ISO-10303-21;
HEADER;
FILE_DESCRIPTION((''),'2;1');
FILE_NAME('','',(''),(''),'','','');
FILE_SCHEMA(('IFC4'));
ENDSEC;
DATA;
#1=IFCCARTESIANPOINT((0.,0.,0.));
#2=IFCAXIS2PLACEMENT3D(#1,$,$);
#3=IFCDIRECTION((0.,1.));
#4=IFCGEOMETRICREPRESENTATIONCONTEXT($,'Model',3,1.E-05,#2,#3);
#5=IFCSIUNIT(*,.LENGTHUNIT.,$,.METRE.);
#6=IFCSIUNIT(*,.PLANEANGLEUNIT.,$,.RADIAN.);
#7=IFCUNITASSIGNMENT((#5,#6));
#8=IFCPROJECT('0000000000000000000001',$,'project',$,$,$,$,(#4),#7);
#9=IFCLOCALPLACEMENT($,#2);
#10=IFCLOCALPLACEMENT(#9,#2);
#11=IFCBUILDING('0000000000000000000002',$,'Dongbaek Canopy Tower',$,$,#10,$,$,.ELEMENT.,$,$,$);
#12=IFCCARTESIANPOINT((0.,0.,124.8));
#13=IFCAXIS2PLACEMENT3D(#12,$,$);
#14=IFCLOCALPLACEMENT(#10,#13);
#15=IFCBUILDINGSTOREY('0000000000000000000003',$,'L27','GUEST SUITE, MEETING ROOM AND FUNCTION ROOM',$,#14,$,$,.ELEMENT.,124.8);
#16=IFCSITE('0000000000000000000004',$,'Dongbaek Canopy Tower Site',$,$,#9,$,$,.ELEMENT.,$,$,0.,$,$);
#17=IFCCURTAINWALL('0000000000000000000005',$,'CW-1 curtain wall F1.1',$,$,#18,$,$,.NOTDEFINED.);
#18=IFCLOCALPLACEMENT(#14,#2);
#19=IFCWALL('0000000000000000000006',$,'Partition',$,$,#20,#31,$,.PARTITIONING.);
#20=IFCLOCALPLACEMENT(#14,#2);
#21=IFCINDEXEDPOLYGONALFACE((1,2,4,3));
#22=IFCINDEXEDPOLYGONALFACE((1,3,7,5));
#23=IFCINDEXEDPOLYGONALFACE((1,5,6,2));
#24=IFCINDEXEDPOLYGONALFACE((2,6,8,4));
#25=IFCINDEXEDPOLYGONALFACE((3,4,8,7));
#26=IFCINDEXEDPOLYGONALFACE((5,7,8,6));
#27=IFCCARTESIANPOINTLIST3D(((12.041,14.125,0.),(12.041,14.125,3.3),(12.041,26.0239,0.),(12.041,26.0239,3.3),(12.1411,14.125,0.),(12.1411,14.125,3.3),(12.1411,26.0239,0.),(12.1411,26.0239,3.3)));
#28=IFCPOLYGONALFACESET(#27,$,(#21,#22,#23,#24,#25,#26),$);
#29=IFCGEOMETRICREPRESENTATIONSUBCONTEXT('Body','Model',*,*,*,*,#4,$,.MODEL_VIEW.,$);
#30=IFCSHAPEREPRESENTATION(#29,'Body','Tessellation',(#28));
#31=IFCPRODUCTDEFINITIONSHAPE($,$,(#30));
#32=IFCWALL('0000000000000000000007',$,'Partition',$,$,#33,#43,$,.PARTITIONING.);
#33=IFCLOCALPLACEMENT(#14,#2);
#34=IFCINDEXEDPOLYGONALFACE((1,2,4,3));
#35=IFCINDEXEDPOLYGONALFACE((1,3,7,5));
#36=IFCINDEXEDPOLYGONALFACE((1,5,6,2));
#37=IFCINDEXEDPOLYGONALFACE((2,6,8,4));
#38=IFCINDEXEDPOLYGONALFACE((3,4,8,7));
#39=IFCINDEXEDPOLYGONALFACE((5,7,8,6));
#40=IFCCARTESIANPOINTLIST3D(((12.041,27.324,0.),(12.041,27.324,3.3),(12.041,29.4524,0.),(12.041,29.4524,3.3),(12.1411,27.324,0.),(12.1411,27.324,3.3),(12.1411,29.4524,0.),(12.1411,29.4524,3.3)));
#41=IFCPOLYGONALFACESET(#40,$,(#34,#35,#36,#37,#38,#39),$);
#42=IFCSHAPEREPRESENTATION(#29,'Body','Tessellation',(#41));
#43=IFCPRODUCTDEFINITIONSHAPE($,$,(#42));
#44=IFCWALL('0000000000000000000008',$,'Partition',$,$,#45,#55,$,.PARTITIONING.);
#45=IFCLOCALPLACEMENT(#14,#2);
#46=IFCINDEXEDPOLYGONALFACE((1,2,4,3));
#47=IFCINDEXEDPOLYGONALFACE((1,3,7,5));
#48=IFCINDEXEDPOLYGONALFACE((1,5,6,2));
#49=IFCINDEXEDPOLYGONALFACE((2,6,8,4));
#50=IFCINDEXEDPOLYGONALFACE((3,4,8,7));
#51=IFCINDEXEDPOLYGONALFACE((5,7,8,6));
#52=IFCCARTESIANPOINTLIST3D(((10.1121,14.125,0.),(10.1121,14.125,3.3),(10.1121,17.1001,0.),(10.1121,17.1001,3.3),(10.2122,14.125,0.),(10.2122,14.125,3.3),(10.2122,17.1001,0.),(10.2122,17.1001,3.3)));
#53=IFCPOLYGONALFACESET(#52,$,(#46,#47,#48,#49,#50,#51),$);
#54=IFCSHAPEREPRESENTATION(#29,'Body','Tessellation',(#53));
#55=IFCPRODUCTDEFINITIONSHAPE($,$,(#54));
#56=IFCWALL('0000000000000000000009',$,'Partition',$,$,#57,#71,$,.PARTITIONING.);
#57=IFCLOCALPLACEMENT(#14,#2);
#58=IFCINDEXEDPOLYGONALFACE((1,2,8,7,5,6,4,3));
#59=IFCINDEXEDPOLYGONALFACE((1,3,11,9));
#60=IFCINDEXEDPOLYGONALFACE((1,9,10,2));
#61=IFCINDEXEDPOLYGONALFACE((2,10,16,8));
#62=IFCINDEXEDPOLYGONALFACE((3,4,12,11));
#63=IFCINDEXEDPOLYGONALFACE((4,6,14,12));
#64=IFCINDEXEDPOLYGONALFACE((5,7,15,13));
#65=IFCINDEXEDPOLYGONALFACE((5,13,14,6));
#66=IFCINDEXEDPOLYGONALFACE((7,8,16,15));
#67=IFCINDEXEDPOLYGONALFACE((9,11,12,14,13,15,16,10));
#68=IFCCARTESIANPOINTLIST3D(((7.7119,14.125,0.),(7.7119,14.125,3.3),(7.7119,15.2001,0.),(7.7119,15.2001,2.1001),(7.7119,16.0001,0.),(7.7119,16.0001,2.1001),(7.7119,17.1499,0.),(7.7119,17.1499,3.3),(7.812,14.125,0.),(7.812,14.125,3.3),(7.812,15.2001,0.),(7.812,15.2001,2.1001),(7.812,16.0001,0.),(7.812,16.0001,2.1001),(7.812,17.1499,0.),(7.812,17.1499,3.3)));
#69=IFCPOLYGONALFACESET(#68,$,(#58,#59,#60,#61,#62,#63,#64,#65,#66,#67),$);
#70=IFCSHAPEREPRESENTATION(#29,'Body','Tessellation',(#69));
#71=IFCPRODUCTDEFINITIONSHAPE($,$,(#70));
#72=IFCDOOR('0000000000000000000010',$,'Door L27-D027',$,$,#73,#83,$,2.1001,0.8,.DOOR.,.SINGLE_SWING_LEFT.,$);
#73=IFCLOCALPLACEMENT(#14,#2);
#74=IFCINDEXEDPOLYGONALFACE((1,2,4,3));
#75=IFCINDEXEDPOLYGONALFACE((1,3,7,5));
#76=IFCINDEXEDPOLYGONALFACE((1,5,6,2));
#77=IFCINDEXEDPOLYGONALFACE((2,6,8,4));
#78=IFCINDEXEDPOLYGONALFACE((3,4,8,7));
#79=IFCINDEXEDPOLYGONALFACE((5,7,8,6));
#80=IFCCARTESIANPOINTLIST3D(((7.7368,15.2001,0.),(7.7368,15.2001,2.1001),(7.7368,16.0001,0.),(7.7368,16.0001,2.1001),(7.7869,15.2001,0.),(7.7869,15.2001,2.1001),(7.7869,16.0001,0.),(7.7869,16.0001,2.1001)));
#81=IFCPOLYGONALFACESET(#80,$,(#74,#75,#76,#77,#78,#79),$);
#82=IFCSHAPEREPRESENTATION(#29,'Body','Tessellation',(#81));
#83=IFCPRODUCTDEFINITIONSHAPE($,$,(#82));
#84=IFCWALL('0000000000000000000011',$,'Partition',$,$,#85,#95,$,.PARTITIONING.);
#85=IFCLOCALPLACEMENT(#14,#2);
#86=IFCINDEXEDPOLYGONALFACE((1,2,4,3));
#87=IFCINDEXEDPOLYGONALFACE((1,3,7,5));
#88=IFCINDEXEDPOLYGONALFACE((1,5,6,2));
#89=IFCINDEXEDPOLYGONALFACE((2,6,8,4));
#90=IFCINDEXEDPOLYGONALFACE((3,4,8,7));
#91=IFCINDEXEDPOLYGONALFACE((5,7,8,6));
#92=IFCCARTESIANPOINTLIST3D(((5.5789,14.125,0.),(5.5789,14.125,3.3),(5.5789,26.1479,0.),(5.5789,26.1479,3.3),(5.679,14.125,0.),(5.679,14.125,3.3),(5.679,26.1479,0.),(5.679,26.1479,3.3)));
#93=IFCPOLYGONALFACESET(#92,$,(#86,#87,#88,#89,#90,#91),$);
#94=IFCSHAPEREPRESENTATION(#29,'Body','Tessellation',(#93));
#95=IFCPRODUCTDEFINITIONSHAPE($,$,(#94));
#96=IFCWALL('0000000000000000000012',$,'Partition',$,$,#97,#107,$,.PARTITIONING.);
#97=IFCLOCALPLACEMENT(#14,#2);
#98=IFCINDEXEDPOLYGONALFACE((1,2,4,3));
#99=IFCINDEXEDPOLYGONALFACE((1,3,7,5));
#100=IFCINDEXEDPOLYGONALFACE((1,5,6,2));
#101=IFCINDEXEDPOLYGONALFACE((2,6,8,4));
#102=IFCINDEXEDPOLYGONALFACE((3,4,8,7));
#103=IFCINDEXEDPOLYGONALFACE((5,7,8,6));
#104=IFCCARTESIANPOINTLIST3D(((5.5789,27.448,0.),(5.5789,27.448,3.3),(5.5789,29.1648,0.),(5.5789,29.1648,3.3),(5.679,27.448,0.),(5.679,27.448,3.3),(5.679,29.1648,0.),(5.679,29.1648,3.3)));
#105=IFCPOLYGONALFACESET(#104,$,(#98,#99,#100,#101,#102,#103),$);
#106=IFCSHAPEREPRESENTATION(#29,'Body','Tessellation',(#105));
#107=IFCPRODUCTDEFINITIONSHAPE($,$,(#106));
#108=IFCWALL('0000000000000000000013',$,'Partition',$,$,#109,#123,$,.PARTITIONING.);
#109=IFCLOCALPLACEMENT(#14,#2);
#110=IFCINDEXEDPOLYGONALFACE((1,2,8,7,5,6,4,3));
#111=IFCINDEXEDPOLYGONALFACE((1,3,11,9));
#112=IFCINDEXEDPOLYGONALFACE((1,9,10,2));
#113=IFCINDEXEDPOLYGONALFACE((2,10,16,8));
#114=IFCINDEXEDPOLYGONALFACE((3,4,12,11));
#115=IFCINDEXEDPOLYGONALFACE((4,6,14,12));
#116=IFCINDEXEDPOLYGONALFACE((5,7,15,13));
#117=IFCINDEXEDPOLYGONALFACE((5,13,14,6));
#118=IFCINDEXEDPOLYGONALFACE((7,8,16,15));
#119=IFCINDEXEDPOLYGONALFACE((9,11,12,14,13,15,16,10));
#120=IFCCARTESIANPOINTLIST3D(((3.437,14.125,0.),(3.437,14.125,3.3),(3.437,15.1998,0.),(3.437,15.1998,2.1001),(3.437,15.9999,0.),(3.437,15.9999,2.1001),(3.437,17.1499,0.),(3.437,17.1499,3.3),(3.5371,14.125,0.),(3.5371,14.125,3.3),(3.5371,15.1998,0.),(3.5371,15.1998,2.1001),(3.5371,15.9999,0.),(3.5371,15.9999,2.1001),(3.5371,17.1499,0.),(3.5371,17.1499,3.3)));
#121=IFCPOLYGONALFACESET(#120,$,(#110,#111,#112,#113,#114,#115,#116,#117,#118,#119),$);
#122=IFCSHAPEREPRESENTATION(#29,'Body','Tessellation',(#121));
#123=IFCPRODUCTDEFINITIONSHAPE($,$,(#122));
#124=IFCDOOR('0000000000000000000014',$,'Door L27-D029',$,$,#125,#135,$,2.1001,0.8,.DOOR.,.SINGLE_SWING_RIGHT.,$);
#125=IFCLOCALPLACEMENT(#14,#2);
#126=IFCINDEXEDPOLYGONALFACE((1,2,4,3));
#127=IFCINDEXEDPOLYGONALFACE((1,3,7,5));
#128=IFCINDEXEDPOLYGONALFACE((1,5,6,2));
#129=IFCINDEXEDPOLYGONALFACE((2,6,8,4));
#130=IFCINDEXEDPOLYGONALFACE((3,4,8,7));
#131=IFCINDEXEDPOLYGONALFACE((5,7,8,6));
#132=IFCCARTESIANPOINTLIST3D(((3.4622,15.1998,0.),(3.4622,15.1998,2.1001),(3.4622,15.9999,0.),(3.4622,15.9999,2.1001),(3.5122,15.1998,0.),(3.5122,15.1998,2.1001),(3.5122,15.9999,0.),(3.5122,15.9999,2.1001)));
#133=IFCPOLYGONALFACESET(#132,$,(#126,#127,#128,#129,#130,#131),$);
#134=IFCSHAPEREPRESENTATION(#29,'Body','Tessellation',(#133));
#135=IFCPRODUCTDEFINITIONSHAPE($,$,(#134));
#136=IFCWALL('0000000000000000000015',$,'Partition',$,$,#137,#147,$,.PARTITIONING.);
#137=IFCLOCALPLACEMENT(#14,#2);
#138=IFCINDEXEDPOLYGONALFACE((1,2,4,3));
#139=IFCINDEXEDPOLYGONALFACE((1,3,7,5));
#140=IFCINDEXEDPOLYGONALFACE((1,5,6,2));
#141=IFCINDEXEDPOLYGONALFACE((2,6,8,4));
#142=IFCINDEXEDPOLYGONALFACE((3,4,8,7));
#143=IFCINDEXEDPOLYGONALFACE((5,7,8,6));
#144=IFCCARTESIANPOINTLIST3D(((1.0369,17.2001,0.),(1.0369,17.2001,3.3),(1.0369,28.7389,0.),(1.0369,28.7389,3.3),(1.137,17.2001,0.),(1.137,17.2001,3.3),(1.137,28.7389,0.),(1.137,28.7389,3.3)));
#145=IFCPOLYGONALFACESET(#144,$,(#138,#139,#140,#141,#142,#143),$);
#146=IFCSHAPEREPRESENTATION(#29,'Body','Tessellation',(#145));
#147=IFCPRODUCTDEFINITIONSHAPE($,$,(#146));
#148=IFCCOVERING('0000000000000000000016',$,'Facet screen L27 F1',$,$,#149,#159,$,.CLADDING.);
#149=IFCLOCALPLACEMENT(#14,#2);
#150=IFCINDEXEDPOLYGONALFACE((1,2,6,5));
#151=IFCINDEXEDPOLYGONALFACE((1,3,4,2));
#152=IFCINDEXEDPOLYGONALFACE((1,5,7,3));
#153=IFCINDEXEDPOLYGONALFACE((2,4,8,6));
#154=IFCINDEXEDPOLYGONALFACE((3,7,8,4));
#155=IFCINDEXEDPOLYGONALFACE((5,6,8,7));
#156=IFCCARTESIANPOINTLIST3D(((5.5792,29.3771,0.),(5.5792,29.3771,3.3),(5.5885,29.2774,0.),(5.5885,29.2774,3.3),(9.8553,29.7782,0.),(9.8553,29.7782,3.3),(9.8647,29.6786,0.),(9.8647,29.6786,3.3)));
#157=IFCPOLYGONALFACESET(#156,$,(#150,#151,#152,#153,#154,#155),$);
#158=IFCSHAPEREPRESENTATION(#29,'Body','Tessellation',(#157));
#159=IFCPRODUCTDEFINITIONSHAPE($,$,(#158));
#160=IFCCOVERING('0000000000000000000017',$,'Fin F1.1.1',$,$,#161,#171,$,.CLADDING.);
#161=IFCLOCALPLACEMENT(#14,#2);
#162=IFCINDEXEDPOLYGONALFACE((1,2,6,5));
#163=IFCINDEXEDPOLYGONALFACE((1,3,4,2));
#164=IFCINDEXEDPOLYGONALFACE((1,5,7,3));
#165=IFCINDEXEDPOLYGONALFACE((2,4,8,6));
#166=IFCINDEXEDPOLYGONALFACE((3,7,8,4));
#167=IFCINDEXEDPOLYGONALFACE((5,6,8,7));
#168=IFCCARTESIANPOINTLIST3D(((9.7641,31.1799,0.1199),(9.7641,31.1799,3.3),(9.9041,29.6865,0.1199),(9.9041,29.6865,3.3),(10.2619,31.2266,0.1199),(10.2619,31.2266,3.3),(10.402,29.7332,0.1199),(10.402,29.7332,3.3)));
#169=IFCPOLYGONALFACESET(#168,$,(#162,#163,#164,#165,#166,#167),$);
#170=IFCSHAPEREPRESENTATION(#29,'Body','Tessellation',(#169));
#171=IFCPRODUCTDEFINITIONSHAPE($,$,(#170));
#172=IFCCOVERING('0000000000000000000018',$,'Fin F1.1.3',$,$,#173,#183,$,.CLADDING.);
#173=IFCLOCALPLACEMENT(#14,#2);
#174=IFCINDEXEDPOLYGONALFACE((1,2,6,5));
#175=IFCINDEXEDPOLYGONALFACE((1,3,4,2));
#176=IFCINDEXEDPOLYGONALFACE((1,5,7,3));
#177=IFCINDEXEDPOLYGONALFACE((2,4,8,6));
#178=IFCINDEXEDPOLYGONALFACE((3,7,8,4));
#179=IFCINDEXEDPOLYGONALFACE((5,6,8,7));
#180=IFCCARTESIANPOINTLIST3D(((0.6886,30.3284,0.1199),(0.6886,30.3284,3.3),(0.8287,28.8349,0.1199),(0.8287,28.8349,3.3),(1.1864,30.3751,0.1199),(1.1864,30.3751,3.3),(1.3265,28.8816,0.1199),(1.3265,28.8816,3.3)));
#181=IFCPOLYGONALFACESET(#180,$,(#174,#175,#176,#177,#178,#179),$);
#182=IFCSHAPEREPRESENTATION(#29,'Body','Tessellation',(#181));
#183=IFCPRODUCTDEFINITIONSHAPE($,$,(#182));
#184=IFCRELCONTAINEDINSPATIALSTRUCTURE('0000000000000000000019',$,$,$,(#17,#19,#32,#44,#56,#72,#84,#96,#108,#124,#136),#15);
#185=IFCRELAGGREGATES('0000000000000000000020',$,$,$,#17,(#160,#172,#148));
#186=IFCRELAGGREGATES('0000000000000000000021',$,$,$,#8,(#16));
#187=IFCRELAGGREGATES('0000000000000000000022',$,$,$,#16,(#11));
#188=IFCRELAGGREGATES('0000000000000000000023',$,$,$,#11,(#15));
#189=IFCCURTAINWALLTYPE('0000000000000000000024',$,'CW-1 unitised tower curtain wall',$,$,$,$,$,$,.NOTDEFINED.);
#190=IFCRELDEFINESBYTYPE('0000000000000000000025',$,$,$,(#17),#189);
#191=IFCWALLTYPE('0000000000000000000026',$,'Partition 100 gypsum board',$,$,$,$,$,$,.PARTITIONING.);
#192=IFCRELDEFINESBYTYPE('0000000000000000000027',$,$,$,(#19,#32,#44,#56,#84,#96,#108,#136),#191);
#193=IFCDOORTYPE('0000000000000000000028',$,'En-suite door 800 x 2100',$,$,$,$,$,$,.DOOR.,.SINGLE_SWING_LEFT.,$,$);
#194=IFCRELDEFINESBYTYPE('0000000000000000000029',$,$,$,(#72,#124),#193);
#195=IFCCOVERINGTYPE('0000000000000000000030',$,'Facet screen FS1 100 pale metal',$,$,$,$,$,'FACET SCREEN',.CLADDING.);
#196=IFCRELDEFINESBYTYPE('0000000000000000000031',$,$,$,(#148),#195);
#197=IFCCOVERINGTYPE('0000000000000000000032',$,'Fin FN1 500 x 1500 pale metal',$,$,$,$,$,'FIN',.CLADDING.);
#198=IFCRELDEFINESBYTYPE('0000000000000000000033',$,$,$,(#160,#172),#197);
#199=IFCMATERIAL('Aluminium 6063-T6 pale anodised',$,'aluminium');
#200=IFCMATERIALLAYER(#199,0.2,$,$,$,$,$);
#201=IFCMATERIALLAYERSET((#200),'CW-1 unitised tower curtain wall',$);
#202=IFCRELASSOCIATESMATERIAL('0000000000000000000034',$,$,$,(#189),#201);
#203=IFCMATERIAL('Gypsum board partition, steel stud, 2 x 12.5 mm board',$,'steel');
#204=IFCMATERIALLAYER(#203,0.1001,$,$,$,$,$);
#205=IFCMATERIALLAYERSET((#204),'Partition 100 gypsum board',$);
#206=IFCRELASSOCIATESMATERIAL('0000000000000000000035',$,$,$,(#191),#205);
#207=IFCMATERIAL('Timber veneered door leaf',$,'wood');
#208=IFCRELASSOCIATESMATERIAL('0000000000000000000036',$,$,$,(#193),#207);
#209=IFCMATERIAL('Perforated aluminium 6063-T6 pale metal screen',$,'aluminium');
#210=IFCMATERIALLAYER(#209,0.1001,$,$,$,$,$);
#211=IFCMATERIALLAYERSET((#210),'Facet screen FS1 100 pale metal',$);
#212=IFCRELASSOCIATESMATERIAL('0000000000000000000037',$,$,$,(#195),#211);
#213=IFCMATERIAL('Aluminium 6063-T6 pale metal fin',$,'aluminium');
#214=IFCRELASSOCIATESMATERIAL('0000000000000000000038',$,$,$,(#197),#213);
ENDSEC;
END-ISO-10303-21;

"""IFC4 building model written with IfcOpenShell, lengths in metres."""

from ifc_helpers import new_model, si_unit, direction, frame, frame_2d, origin, origin_2d, place, context, subcontext, project, spatial, rectangle, extrude, material, layer, layer_set, material_profile, profile_set, type_object, element, fill, aggregate, save


model = new_model("IFC4")

# Units and contexts
model_context = context("Model", 3, precision=1e-05, world=origin(), true_north=direction((0.0, 1.0)))
body_context = subcontext(model_context, "Body", "Model", "MODEL_VIEW")
ifc_project = project(units=[si_unit("LENGTHUNIT", "METRE"), si_unit("PLANEANGLEUNIT", "RADIAN")], contexts=[model_context])

# Site, building, storey
site_placement = place(None, origin())
site = spatial("IfcSite", under=ifc_project, at=site_placement, Name="Dongbaek Canopy Tower Site", CompositionType="ELEMENT", RefElevation=0.0)
building_placement = place(site_placement, origin())
building = spatial("IfcBuilding", under=site, at=building_placement, Name="Dongbaek Canopy Tower", CompositionType="ELEMENT")
storey_placement = place(building_placement, frame((0.0, 0.0, 124.8)))
storey = spatial("IfcBuildingStorey", under=building, at=storey_placement, Name="L27", Description="GUEST SUITE, MEETING ROOM AND FUNCTION ROOM", CompositionType="ELEMENT", Elevation=124.8)

# Curtain wall
ifc_material_1 = material(Name="Aluminium 6063-T6 pale anodised", Category="aluminium")
ifc_layer_1 = layer(ifc_material_1, 0.2)
ifc_layer_set_1 = layer_set([ifc_layer_1], Name="CW-1 unitised tower curtain wall")
curtain_wall_type = type_object("IfcCurtainWallType", Name="CW-1 unitised tower curtain wall", PredefinedType="NOTDEFINED", material=ifc_layer_set_1)
curtain_wall_1_placement = place(storey_placement, origin())
curtain_wall_1 = element("IfcCurtainWall", 1, at=curtain_wall_1_placement, inside=storey, type_object=curtain_wall_type, Name="CW-1 curtain wall F1.1", PredefinedType="NOTDEFINED")

# Walls
ifc_material_2 = material(Name="Gypsum board partition, steel stud, 2 x 12.5 mm board", Category="steel")
ifc_layer_2 = layer(ifc_material_2, 0.1001)
ifc_layer_set_2 = layer_set([ifc_layer_2], Name="Partition 100 gypsum board")
wall_type = type_object("IfcWallType", Name="Partition 100 gypsum board", PredefinedType="PARTITIONING", material=ifc_layer_set_2)
wall_1_placement = place(storey_placement, frame((12.0911, 14.125, 0.0), z_axis=(0.0, 0.0, 1.0), x_axis=(0.0, 1.0, 0.0)))
element("IfcWall", 2, at=wall_1_placement, inside=storey, type_object=wall_type, Name="Partition", PredefinedType="PARTITIONING", context=body_context, shape_type="SweptSolid", body=[
    extrude(rectangle(XDim=11.8989, YDim=0.1001, at=frame_2d((5.9495, 0.0))), origin(), (0.0, 0.0, 1.0), 3.3),
])
wall_2_placement = place(storey_placement, frame((12.0911, 27.324, 0.0), z_axis=(0.0, 0.0, 1.0), x_axis=(0.0, 1.0, 0.0)))
element("IfcWall", 3, at=wall_2_placement, inside=storey, type_object=wall_type, Name="Partition", PredefinedType="PARTITIONING", context=body_context, shape_type="SweptSolid", body=[
    extrude(rectangle(XDim=2.1284, YDim=0.1001, at=frame_2d((1.0642, 0.0))), origin(), (0.0, 0.0, 1.0), 3.3),
])
wall_3_placement = place(storey_placement, frame((10.1621, 14.125, 0.0), z_axis=(0.0, 0.0, 1.0), x_axis=(0.0, 1.0, 0.0)))
element("IfcWall", 4, at=wall_3_placement, inside=storey, type_object=wall_type, Name="Partition", PredefinedType="PARTITIONING", context=body_context, shape_type="SweptSolid", body=[
    extrude(rectangle(XDim=2.9751, YDim=0.1001, at=frame_2d((1.4875, 0.0))), origin(), (0.0, 0.0, 1.0), 3.3),
])

# Wall, opening, door
wall_4_placement = place(storey_placement, frame((7.762, 17.1499, 0.0), z_axis=(0.0, 0.0, 1.0), x_axis=(0.0, -1.0, 0.0)))
wall_4 = element("IfcWall", 5, at=wall_4_placement, inside=storey, type_object=wall_type, Name="Partition", PredefinedType="PARTITIONING", context=body_context, shape_type="SweptSolid", body=[
    extrude(rectangle(XDim=3.0249, YDim=0.1001, at=frame_2d((1.5125, 0.0))), origin(), (0.0, 0.0, 1.0), 3.3),
])
opening_1_placement = place(wall_4_placement, frame((1.1499, 0.0, 0.0)))
opening_1 = element("IfcOpeningElement", 6, at=opening_1_placement, cuts=wall_4, PredefinedType="OPENING", context=body_context, shape_type="SweptSolid", body=[
    extrude(rectangle(XDim=0.8, YDim=2.1001, at=frame_2d((0.3999, 1.05))), frame((0.0, 0.0601, 0.0), z_axis=(0.0, -1.0, 0.0), x_axis=(1.0, 0.0, 0.0)), (0.0, 0.0, 1.0), 0.1201),
])
ifc_material_3 = material(Name="Timber veneered door leaf", Category="wood")
door_type = type_object("IfcDoorType", Name="En-suite door 800 x 2100", OperationType="SINGLE_SWING_LEFT", PredefinedType="DOOR", material=ifc_material_3)
door_1_placement = place(opening_1_placement, origin())
door_1 = element("IfcDoor", 7, at=door_1_placement, inside=storey, type_object=door_type, Name="Door L27-D027", OperationType="SINGLE_SWING_LEFT", OverallHeight=2.1001, OverallWidth=0.8, PredefinedType="DOOR", context=body_context, shape_type="SweptSolid", body=[
    extrude(rectangle(XDim=0.8, YDim=2.1001, at=frame_2d((0.3999, 1.05))), frame((0.0, 0.0249, 0.0), z_axis=(0.0, -1.0, 0.0), x_axis=(1.0, 0.0, 0.0)), (0.0, 0.0, 1.0), 0.05),
])
fill(opening_1, door_1)

# Walls
wall_5_placement = place(storey_placement, frame((5.6289, 14.125, 0.0), z_axis=(0.0, 0.0, 1.0), x_axis=(0.0, 1.0, 0.0)))
element("IfcWall", 8, at=wall_5_placement, inside=storey, type_object=wall_type, Name="Partition", PredefinedType="PARTITIONING", context=body_context, shape_type="SweptSolid", body=[
    extrude(rectangle(XDim=12.0229, YDim=0.1001, at=frame_2d((6.0115, 0.0))), origin(), (0.0, 0.0, 1.0), 3.3),
])
wall_6_placement = place(storey_placement, frame((5.6289, 27.448, 0.0), z_axis=(0.0, 0.0, 1.0), x_axis=(0.0, 1.0, 0.0)))
element("IfcWall", 9, at=wall_6_placement, inside=storey, type_object=wall_type, Name="Partition", PredefinedType="PARTITIONING", context=body_context, shape_type="SweptSolid", body=[
    extrude(rectangle(XDim=1.7168, YDim=0.1001, at=frame_2d((0.8584, 0.0))), origin(), (0.0, 0.0, 1.0), 3.3),
])

# Wall, opening, door
wall_7_placement = place(storey_placement, frame((3.4871, 14.125, 0.0), z_axis=(0.0, 0.0, 1.0), x_axis=(0.0, 1.0, 0.0)))
wall_7 = element("IfcWall", 10, at=wall_7_placement, inside=storey, type_object=wall_type, Name="Partition", PredefinedType="PARTITIONING", context=body_context, shape_type="SweptSolid", body=[
    extrude(rectangle(XDim=3.0249, YDim=0.1001, at=frame_2d((1.5125, 0.0))), origin(), (0.0, 0.0, 1.0), 3.3),
])
opening_2_placement = place(wall_7_placement, frame((1.075, 0.0, 0.0)))
opening_2 = element("IfcOpeningElement", 11, at=opening_2_placement, cuts=wall_7, PredefinedType="OPENING", context=body_context, shape_type="SweptSolid", body=[
    extrude(rectangle(XDim=0.8, YDim=2.1001, at=frame_2d((0.3999, 1.05))), frame((0.0, 0.0601, 0.0), z_axis=(0.0, -1.0, 0.0), x_axis=(1.0, 0.0, 0.0)), (0.0, 0.0, 1.0), 0.1201),
])
door_2_placement = place(opening_2_placement, origin())
door_2 = element("IfcDoor", 12, at=door_2_placement, inside=storey, type_object=door_type, Name="Door L27-D029", OperationType="SINGLE_SWING_RIGHT", OverallHeight=2.1001, OverallWidth=0.8, PredefinedType="DOOR", context=body_context, shape_type="SweptSolid", body=[
    extrude(rectangle(XDim=0.8, YDim=2.1001, at=frame_2d((0.3999, 1.05))), frame((0.0, 0.0249, 0.0), z_axis=(0.0, -1.0, 0.0), x_axis=(1.0, 0.0, 0.0)), (0.0, 0.0, 1.0), 0.05),
])
fill(opening_2, door_2)

# Wall
wall_8_placement = place(storey_placement, frame((1.0869, 17.2, 0.0), z_axis=(0.0, 0.0, 1.0), x_axis=(0.0, 1.0, 0.0)))
element("IfcWall", 13, at=wall_8_placement, inside=storey, type_object=wall_type, Name="Partition", PredefinedType="PARTITIONING", context=body_context, shape_type="SweptSolid", body=[
    extrude(rectangle(XDim=11.5388, YDim=0.1001, at=frame_2d((5.7695, 0.0))), origin(), (0.0, 0.0, 1.0), 3.3),
])

# Coverings
ifc_material_4 = material(Name="Perforated aluminium 6063-T6 pale metal screen", Category="aluminium")
ifc_layer_3 = layer(ifc_material_4, 0.1001)
ifc_layer_set_3 = layer_set([ifc_layer_3], Name="Facet screen FS1 100 pale metal")
covering_type_1 = type_object("IfcCoveringType", Name="Facet screen FS1 100 pale metal", ElementType="FACET SCREEN", PredefinedType="CLADDING", material=ifc_layer_set_3)
covering_1_placement = place(storey_placement, frame((7.7219, 29.5278, 0.0), z_axis=(0.0, 0.0, 1.0), x_axis=(-0.995629, -0.093398, 0.0)))
covering_1 = element("IfcCovering", 14, at=covering_1_placement, type_object=covering_type_1, Name="Facet screen L27 F1", PredefinedType="CLADDING", context=body_context, shape_type="SweptSolid", body=[
    extrude(rectangle(XDim=4.2949, YDim=0.1001, at=origin_2d()), origin(), (0.0, 0.0, 1.0), 3.3),
])
ifc_material_5 = material(Name="Aluminium 6063-T6 pale metal fin", Category="aluminium")
ifc_material_profile_1 = material_profile(ifc_material_5, rectangle(XDim=1.5, YDim=0.5, at=origin_2d()), Name="Fin FN1 500 x 1500 pale metal")
ifc_profile_set_1 = profile_set([ifc_material_profile_1], Name="Aluminium 6063-T6 pale metal fin")
covering_type_2 = type_object("IfcCoveringType", Name="Fin FN1 500 x 1500 pale metal", ElementType="FIN", PredefinedType="CLADDING", material=ifc_profile_set_1)
covering_2_placement = place(storey_placement, frame((10.083, 30.4565, 0.1199), z_axis=(0.0, 0.0, 1.0), x_axis=(-0.093398, 0.995629, 0.0)))
covering_2 = element("IfcCovering", 15, at=covering_2_placement, type_object=covering_type_2, Name="Fin F1.1.1", PredefinedType="CLADDING", context=body_context, shape_type="SweptSolid", body=[
    extrude(rectangle(XDim=1.5, YDim=0.5, at=origin_2d()), origin(), (0.0, 0.0, 1.0), 3.1802),
])
covering_3_placement = place(storey_placement, frame((1.0076, 29.605, 0.1199), z_axis=(0.0, 0.0, 1.0), x_axis=(-0.093398, 0.995629, 0.0)))
covering_3 = element("IfcCovering", 16, at=covering_3_placement, type_object=covering_type_2, Name="Fin F1.1.3", PredefinedType="CLADDING", context=body_context, shape_type="SweptSolid", body=[
    extrude(rectangle(XDim=1.5, YDim=0.5, at=origin_2d()), origin(), (0.0, 0.0, 1.0), 3.1802),
])
aggregate(curtain_wall_1, [covering_2, covering_3, covering_1])

save(model, "model.ifc")
